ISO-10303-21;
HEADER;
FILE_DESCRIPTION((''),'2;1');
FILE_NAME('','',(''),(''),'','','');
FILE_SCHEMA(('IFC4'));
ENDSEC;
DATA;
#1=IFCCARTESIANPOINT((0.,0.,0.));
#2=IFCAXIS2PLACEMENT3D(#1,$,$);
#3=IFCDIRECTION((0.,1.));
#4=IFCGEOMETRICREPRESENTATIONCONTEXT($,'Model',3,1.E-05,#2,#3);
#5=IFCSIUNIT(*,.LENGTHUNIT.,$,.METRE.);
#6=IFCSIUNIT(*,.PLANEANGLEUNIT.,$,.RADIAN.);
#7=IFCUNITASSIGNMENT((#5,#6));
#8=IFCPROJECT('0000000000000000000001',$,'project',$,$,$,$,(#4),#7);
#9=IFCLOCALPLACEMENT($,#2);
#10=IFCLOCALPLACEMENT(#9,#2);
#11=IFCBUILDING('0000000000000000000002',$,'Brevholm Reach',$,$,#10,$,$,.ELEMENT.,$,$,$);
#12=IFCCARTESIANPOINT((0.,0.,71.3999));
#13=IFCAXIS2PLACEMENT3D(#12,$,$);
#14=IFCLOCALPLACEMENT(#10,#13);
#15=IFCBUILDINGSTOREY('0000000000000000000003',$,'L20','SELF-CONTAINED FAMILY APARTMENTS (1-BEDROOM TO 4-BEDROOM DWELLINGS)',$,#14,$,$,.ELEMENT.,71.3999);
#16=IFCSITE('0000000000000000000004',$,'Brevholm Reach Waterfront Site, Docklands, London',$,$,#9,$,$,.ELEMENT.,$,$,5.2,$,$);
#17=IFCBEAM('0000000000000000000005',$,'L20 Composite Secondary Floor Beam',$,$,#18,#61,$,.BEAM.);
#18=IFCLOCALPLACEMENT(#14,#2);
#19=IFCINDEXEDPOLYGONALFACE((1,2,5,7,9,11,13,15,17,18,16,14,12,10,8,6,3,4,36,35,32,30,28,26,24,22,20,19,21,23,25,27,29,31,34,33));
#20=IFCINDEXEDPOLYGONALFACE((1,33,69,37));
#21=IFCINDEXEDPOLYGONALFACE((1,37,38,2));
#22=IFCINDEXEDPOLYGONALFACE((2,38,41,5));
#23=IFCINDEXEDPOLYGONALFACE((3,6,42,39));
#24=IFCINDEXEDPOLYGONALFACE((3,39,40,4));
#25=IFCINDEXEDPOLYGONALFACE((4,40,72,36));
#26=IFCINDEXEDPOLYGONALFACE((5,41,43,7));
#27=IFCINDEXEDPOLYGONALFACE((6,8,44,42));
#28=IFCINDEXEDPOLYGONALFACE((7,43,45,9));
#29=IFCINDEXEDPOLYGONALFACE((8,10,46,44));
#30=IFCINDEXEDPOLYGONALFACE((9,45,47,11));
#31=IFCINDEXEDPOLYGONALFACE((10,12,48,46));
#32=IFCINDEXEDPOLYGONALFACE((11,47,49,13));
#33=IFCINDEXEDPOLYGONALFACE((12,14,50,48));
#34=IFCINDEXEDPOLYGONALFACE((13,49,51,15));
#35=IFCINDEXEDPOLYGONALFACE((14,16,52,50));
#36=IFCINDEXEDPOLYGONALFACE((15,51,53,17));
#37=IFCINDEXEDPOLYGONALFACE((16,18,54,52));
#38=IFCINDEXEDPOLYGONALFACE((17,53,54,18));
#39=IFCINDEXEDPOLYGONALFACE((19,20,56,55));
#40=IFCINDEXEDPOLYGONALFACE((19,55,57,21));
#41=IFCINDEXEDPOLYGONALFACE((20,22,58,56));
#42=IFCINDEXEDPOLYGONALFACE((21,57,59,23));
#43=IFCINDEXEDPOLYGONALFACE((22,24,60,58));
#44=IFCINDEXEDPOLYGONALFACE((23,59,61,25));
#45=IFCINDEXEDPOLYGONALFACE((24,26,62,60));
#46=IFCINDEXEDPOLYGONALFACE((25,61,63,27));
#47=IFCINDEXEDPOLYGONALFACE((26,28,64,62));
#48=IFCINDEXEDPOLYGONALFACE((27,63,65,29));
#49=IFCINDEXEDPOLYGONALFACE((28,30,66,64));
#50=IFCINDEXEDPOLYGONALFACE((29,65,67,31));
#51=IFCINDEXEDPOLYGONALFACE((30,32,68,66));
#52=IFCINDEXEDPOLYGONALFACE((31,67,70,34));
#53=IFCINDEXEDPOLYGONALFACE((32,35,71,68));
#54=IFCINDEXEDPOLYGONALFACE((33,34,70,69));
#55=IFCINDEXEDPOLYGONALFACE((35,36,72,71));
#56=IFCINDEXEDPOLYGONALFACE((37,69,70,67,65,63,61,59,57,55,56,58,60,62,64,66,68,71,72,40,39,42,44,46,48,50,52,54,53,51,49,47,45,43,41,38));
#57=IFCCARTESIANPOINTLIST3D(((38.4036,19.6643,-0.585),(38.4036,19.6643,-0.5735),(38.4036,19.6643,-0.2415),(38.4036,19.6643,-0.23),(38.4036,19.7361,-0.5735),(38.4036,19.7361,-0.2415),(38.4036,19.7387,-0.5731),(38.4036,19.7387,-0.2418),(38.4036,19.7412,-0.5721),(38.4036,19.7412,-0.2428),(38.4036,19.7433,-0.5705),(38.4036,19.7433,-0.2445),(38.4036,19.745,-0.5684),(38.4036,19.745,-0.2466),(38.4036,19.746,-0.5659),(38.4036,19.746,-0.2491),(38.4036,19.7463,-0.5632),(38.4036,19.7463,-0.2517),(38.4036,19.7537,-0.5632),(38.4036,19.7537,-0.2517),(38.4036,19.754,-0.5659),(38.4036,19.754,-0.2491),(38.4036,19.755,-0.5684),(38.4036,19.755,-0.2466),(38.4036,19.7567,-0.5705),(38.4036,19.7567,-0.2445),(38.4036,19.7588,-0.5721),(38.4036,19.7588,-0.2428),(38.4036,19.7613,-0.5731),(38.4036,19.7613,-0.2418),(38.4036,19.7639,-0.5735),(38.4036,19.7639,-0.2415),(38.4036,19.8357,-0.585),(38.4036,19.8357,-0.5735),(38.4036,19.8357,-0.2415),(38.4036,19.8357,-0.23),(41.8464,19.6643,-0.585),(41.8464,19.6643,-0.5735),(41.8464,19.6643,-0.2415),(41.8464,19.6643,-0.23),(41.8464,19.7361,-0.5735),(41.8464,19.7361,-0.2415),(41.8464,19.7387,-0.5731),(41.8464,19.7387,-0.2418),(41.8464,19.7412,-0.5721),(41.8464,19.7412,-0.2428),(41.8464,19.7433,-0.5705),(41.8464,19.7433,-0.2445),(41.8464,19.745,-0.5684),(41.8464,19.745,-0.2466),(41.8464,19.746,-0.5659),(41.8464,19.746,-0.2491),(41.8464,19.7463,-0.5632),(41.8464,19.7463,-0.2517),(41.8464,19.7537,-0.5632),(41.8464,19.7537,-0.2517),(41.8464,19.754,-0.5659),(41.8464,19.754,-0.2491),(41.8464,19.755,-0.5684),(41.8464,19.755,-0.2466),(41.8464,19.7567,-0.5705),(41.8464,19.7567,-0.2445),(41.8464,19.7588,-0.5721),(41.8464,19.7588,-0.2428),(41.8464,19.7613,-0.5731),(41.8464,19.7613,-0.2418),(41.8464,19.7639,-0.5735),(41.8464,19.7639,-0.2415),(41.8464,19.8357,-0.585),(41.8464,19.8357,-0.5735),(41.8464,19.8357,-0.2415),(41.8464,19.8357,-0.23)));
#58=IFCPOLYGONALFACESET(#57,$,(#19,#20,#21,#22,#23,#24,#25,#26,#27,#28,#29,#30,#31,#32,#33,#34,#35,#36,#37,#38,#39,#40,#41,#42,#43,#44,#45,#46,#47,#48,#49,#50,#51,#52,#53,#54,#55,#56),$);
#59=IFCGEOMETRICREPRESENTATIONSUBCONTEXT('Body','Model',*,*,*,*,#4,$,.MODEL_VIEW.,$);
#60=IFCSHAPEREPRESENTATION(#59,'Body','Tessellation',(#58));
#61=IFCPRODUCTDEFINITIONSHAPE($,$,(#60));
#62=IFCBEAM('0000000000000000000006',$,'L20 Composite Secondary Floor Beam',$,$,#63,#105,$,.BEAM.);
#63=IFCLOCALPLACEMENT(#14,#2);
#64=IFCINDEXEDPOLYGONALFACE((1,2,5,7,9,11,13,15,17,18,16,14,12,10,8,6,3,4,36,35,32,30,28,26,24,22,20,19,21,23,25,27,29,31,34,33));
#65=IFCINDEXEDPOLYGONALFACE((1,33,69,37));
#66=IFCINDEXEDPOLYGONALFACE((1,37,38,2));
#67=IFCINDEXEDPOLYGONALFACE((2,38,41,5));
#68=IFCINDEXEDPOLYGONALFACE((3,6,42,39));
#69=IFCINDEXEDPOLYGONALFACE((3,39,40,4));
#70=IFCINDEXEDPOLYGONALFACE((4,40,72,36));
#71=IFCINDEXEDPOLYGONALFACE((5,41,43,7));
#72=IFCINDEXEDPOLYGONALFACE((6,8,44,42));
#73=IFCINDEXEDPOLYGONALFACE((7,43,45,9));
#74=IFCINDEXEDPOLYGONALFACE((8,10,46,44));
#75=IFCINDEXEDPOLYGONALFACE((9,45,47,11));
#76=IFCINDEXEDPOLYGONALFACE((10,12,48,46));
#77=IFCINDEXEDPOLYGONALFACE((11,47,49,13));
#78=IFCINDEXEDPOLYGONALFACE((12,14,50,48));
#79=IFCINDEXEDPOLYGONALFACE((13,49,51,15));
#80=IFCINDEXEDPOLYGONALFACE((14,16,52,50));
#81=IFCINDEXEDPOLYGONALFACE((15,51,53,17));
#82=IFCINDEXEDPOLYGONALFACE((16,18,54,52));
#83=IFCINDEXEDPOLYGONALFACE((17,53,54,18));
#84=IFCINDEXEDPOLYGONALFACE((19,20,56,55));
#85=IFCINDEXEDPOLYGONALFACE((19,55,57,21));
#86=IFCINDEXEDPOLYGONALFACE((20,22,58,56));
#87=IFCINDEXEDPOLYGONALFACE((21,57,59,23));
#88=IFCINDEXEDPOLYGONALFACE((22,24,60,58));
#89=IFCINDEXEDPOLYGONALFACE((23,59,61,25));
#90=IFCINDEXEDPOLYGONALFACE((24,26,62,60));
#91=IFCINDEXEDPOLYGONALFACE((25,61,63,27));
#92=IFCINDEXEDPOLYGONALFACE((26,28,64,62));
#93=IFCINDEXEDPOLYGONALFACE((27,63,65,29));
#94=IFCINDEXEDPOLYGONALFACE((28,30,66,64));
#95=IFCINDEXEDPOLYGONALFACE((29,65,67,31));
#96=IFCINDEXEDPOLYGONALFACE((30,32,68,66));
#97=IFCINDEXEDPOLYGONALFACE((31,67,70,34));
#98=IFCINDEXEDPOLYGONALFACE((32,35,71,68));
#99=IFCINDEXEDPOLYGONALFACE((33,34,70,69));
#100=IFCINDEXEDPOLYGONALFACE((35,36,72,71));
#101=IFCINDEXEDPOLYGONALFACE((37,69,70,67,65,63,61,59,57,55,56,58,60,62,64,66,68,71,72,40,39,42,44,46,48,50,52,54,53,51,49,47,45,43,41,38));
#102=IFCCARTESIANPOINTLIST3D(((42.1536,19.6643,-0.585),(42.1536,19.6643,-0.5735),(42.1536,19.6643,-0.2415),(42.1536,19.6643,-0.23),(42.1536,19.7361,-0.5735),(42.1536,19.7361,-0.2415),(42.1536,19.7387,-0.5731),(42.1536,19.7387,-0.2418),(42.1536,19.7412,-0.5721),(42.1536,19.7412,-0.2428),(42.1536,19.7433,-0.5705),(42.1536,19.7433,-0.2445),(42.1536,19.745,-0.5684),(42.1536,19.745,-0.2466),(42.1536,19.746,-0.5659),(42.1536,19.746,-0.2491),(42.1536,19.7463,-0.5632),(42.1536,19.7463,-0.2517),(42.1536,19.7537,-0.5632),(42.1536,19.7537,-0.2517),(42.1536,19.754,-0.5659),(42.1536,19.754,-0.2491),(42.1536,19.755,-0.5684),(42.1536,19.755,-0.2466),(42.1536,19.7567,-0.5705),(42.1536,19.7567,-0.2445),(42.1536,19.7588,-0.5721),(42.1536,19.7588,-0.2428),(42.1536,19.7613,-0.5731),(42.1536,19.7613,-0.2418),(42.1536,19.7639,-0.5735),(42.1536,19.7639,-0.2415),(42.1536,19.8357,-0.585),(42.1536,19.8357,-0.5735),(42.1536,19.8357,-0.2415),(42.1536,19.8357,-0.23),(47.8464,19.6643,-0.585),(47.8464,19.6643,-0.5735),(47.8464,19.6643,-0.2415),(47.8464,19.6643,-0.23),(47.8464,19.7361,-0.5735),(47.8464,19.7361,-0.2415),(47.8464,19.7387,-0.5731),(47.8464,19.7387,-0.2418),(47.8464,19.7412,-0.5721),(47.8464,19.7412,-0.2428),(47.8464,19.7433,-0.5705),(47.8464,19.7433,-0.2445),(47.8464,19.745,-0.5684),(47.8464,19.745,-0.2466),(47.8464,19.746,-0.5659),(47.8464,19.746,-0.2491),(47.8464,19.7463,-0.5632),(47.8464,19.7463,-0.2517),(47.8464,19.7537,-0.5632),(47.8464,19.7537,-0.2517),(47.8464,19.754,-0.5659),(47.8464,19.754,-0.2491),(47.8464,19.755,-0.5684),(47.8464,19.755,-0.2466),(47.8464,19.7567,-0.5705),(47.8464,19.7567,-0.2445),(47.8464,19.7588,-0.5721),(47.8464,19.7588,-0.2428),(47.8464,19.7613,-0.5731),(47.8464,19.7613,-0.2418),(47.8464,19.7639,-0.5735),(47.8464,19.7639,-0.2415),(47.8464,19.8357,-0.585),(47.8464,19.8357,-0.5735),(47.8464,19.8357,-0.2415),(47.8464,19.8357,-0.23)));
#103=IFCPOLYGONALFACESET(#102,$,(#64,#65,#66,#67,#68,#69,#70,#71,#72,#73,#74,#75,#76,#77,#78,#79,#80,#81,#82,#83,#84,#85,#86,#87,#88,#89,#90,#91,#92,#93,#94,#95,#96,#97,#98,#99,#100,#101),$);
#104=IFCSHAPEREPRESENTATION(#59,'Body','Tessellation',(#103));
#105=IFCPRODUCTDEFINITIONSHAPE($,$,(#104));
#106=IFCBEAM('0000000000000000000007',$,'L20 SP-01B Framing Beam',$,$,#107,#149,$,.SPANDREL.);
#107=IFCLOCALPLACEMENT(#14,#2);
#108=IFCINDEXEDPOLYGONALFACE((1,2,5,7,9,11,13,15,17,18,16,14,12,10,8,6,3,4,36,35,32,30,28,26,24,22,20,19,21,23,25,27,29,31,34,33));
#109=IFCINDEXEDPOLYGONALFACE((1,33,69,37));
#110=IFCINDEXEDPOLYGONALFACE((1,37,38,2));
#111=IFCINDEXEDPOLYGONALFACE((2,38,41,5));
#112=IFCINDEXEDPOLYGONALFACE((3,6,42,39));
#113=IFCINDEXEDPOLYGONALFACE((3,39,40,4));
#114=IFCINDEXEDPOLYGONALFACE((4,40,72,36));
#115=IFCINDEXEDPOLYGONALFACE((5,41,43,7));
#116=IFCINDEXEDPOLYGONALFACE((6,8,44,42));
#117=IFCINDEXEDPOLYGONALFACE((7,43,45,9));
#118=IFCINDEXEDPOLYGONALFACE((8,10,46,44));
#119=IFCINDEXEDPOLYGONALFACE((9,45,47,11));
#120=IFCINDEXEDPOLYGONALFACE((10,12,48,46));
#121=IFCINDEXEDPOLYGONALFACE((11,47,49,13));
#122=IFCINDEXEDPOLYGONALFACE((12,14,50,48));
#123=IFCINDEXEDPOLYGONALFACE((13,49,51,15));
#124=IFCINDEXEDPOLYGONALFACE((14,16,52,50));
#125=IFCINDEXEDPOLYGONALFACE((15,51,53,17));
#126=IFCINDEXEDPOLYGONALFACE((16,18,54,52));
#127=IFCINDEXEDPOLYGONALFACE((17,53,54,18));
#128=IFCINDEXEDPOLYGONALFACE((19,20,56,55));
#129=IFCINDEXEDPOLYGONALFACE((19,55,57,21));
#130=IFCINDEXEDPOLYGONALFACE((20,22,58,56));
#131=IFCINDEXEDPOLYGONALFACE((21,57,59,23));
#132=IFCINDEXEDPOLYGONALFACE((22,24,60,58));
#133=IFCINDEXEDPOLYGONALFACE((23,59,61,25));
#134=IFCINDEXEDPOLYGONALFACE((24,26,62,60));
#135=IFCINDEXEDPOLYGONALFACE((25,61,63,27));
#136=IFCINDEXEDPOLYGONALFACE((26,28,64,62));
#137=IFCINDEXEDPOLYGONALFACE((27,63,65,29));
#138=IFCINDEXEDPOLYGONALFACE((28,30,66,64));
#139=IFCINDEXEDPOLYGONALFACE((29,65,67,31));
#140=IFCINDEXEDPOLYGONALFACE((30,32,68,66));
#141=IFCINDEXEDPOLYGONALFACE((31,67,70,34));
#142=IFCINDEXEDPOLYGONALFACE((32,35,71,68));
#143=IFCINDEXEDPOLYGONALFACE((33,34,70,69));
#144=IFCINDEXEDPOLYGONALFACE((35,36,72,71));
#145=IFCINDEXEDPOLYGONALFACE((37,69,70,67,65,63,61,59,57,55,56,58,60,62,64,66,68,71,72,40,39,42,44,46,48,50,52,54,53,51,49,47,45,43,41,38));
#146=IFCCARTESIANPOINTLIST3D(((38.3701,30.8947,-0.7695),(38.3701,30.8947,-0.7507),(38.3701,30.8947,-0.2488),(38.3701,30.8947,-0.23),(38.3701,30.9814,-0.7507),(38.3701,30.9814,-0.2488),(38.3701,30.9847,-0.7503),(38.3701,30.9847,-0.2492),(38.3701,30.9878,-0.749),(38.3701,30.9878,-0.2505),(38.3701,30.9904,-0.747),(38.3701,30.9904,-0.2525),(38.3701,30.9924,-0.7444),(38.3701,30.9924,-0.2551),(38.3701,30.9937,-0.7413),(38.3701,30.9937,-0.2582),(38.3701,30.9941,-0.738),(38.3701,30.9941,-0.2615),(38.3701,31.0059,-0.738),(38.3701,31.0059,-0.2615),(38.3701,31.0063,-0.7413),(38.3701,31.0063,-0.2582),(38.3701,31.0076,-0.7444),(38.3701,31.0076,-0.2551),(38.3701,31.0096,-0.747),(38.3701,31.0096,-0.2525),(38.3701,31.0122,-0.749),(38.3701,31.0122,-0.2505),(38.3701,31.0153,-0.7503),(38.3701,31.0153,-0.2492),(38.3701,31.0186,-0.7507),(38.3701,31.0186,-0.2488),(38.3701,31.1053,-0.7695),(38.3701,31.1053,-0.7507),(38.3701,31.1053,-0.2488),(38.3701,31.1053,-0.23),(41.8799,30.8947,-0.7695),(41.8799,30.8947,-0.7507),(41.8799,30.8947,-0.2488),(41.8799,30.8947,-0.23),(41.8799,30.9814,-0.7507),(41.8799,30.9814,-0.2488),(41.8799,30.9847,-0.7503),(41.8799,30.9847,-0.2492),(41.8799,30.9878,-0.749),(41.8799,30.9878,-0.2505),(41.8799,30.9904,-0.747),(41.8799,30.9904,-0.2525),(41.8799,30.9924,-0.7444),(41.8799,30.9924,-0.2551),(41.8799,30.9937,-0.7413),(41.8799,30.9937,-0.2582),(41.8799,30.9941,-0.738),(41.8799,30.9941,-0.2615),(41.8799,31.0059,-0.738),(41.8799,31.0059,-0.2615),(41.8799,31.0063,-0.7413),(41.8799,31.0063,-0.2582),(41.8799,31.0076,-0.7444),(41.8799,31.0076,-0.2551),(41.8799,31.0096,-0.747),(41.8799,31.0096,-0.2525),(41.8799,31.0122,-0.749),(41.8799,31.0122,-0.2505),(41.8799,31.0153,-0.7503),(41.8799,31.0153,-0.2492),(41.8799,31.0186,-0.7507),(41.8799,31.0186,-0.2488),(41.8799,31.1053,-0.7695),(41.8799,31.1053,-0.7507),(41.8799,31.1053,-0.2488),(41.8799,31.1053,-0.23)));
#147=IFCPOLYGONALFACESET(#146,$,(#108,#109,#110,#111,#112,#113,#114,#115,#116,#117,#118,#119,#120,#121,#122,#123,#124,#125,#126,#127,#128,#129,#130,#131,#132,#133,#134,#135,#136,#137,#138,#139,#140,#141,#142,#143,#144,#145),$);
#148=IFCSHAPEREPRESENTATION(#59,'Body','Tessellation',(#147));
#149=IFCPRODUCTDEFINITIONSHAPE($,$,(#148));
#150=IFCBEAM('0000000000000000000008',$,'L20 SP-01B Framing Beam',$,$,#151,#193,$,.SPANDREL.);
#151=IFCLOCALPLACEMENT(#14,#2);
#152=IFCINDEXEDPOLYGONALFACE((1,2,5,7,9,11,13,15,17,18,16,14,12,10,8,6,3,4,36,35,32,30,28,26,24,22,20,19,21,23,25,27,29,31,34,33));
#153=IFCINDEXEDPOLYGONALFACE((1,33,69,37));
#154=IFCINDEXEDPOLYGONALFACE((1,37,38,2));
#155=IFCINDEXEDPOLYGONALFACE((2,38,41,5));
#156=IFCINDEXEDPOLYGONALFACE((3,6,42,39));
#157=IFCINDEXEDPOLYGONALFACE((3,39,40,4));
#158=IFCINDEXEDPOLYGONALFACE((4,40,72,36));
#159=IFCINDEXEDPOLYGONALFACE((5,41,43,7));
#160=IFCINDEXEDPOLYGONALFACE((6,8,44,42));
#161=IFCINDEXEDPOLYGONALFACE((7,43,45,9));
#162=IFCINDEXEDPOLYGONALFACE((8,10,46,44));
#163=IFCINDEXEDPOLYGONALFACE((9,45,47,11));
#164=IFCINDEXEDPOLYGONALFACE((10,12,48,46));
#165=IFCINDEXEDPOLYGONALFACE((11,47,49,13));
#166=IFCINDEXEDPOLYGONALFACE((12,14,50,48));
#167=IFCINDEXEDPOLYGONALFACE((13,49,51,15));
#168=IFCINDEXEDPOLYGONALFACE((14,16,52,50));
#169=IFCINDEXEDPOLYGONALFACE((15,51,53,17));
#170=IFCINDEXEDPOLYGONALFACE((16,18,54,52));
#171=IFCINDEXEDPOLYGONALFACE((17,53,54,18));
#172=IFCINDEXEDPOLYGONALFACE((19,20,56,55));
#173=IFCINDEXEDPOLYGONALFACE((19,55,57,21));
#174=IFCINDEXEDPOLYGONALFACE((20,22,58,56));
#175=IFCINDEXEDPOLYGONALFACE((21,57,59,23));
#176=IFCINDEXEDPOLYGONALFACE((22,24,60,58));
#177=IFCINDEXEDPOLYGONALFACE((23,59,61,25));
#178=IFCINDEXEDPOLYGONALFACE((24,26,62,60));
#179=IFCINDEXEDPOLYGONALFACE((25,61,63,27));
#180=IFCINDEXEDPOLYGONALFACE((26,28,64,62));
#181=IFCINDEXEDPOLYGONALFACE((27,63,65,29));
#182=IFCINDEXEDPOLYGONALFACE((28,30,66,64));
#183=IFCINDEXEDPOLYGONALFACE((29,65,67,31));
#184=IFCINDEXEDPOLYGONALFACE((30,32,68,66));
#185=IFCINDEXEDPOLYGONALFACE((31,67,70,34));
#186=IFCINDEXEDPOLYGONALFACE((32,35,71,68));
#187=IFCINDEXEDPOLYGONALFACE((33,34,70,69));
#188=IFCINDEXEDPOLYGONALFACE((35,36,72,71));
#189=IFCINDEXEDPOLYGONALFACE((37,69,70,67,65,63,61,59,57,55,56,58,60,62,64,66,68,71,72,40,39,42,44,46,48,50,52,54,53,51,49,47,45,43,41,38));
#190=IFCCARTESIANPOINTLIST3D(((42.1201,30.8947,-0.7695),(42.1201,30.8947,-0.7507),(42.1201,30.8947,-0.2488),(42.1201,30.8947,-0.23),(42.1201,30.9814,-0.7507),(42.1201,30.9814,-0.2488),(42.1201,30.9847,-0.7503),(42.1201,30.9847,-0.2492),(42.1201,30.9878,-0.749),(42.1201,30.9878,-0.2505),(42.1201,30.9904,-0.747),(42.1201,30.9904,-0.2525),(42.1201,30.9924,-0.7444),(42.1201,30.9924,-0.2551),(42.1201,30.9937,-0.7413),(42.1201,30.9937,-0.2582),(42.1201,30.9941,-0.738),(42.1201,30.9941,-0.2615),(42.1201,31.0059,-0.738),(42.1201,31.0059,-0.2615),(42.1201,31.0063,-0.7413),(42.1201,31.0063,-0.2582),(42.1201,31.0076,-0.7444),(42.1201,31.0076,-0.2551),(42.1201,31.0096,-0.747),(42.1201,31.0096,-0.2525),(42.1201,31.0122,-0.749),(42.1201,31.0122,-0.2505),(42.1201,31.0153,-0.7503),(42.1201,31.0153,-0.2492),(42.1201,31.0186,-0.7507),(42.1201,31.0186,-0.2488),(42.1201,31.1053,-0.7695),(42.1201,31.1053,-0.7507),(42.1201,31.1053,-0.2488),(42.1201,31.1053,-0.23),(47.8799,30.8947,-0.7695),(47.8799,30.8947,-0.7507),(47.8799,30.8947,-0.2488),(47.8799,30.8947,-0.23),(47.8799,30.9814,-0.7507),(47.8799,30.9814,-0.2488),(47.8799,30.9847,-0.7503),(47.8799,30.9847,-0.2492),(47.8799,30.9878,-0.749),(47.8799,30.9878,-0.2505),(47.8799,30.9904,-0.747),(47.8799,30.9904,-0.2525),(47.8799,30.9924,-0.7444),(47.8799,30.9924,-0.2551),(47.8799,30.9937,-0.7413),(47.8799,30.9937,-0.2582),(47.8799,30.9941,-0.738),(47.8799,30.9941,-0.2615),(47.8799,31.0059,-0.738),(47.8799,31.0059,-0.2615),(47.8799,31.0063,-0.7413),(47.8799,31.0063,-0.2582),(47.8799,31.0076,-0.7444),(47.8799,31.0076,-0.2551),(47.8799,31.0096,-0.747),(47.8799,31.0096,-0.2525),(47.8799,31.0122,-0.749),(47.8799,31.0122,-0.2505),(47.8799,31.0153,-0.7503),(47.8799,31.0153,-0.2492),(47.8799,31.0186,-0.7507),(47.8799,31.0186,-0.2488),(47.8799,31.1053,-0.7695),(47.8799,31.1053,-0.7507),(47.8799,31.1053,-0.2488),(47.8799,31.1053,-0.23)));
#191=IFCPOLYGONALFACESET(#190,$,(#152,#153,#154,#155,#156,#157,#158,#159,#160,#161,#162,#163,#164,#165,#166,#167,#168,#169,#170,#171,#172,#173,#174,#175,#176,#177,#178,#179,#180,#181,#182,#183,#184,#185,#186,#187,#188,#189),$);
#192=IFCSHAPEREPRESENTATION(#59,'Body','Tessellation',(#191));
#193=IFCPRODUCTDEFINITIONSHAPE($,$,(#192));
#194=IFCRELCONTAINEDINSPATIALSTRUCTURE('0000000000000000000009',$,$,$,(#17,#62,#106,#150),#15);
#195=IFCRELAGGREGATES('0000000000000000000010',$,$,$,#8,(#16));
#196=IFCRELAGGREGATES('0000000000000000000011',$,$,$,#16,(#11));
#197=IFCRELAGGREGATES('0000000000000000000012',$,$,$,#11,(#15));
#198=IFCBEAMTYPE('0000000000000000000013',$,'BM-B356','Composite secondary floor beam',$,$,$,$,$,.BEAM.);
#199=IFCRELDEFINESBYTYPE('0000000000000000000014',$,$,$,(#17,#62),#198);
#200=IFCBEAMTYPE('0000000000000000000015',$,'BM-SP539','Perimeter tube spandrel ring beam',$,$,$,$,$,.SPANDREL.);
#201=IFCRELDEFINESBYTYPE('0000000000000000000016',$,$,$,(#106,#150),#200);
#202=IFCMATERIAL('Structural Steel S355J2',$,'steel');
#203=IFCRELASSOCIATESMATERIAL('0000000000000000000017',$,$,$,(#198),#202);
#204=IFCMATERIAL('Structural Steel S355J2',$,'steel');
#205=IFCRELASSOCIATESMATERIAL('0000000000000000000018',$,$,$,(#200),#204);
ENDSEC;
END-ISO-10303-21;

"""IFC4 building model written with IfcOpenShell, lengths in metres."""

from ifc_helpers import new_model, si_unit, direction, frame, origin, origin_2d, place, context, subcontext, project, spatial, i_section, extrude, material, material_profile, profile_set, type_object, element, save


model = new_model("IFC4")

# Units and contexts
model_context = context("Model", 3, precision=1e-05, world=origin(), true_north=direction((0.0, 1.0)))
body_context = subcontext(model_context, "Body", "Model", "MODEL_VIEW")
ifc_project = project(units=[si_unit("LENGTHUNIT", "METRE"), si_unit("PLANEANGLEUNIT", "RADIAN")], contexts=[model_context])

# Site, building, storey
site_placement = place(None, origin())
site = spatial("IfcSite", under=ifc_project, at=site_placement, Name="Brevholm Reach Waterfront Site, Docklands, London", CompositionType="ELEMENT", RefElevation=5.2)
building_placement = place(site_placement, origin())
building = spatial("IfcBuilding", under=site, at=building_placement, Name="Brevholm Reach", CompositionType="ELEMENT")
storey_placement = place(building_placement, frame((0.0, 0.0, 71.3999)))
storey = spatial("IfcBuildingStorey", under=building, at=storey_placement, Name="L20", Description="SELF-CONTAINED FAMILY APARTMENTS (1-BEDROOM TO 4-BEDROOM DWELLINGS)", CompositionType="ELEMENT", Elevation=71.3999)

# Beams
ifc_material_1 = material(Name="Structural Steel S355J2", Category="steel")
ifc_material_profile_1 = material_profile(ifc_material_1, i_section(OverallWidth=0.1714, OverallDepth=0.355, WebThickness=0.0073, FlangeThickness=0.0115, FilletRadius=0.0103, at=origin_2d()), Name="UKB 356x171x51")
ifc_profile_set_1 = profile_set([ifc_material_profile_1], Name="Structural Steel S355J2")
beam_type_1 = type_object("IfcBeamType", Name="BM-B356", Description="Composite secondary floor beam", PredefinedType="BEAM", material=ifc_profile_set_1)
beam_1_placement = place(storey_placement, frame((38.4036, 19.75, -0.4075), z_axis=(1.0, 0.0, 0.0), x_axis=(0.0, 1.0, 0.0)))
element("IfcBeam", 1, at=beam_1_placement, inside=storey, type_object=beam_type_1, Name="L20 Composite Secondary Floor Beam", PredefinedType="BEAM", context=body_context, shape_type="SweptSolid", body=[
    extrude(i_section(OverallWidth=0.1714, OverallDepth=0.355, WebThickness=0.0073, FlangeThickness=0.0115, FilletRadius=0.0103, at=origin_2d()), origin(), (0.0, 0.0, 1.0), 3.4429),
])
beam_2_placement = place(storey_placement, frame((42.1536, 19.75, -0.4075), z_axis=(1.0, 0.0, 0.0), x_axis=(0.0, 1.0, 0.0)))
element("IfcBeam", 2, at=beam_2_placement, inside=storey, type_object=beam_type_1, Name="L20 Composite Secondary Floor Beam", PredefinedType="BEAM", context=body_context, shape_type="SweptSolid", body=[
    extrude(i_section(OverallWidth=0.1714, OverallDepth=0.355, WebThickness=0.0073, FlangeThickness=0.0115, FilletRadius=0.0103, at=origin_2d()), origin(), (0.0, 0.0, 1.0), 5.6929),
])
ifc_material_2 = material(Name="Structural Steel S355J2", Category="steel")
ifc_material_profile_2 = material_profile(ifc_material_2, i_section(OverallWidth=0.2107, OverallDepth=0.5396, WebThickness=0.0117, FlangeThickness=0.0188, FilletRadius=0.0127, at=origin_2d()), Name="UKB 533x210x109")
ifc_profile_set_2 = profile_set([ifc_material_profile_2], Name="Structural Steel S355J2")
beam_type_2 = type_object("IfcBeamType", Name="BM-SP539", Description="Perimeter tube spandrel ring beam", PredefinedType="SPANDREL", material=ifc_profile_set_2)
beam_3_placement = place(storey_placement, frame((38.3701, 31.0, -0.4998), z_axis=(1.0, 0.0, 0.0), x_axis=(0.0, 1.0, 0.0)))
element("IfcBeam", 3, at=beam_3_placement, inside=storey, type_object=beam_type_2, Name="L20 SP-01B Framing Beam", PredefinedType="SPANDREL", context=body_context, shape_type="SweptSolid", body=[
    extrude(i_section(OverallWidth=0.2107, OverallDepth=0.5396, WebThickness=0.0117, FlangeThickness=0.0188, FilletRadius=0.0127, at=origin_2d()), origin(), (0.0, 0.0, 1.0), 3.5098),
])
beam_4_placement = place(storey_placement, frame((42.1201, 31.0, -0.4998), z_axis=(1.0, 0.0, 0.0), x_axis=(0.0, 1.0, 0.0)))
element("IfcBeam", 4, at=beam_4_placement, inside=storey, type_object=beam_type_2, Name="L20 SP-01B Framing Beam", PredefinedType="SPANDREL", context=body_context, shape_type="SweptSolid", body=[
    extrude(i_section(OverallWidth=0.2107, OverallDepth=0.5396, WebThickness=0.0117, FlangeThickness=0.0188, FilletRadius=0.0127, at=origin_2d()), origin(), (0.0, 0.0, 1.0), 5.7598),
])

save(model, "model.ifc")
